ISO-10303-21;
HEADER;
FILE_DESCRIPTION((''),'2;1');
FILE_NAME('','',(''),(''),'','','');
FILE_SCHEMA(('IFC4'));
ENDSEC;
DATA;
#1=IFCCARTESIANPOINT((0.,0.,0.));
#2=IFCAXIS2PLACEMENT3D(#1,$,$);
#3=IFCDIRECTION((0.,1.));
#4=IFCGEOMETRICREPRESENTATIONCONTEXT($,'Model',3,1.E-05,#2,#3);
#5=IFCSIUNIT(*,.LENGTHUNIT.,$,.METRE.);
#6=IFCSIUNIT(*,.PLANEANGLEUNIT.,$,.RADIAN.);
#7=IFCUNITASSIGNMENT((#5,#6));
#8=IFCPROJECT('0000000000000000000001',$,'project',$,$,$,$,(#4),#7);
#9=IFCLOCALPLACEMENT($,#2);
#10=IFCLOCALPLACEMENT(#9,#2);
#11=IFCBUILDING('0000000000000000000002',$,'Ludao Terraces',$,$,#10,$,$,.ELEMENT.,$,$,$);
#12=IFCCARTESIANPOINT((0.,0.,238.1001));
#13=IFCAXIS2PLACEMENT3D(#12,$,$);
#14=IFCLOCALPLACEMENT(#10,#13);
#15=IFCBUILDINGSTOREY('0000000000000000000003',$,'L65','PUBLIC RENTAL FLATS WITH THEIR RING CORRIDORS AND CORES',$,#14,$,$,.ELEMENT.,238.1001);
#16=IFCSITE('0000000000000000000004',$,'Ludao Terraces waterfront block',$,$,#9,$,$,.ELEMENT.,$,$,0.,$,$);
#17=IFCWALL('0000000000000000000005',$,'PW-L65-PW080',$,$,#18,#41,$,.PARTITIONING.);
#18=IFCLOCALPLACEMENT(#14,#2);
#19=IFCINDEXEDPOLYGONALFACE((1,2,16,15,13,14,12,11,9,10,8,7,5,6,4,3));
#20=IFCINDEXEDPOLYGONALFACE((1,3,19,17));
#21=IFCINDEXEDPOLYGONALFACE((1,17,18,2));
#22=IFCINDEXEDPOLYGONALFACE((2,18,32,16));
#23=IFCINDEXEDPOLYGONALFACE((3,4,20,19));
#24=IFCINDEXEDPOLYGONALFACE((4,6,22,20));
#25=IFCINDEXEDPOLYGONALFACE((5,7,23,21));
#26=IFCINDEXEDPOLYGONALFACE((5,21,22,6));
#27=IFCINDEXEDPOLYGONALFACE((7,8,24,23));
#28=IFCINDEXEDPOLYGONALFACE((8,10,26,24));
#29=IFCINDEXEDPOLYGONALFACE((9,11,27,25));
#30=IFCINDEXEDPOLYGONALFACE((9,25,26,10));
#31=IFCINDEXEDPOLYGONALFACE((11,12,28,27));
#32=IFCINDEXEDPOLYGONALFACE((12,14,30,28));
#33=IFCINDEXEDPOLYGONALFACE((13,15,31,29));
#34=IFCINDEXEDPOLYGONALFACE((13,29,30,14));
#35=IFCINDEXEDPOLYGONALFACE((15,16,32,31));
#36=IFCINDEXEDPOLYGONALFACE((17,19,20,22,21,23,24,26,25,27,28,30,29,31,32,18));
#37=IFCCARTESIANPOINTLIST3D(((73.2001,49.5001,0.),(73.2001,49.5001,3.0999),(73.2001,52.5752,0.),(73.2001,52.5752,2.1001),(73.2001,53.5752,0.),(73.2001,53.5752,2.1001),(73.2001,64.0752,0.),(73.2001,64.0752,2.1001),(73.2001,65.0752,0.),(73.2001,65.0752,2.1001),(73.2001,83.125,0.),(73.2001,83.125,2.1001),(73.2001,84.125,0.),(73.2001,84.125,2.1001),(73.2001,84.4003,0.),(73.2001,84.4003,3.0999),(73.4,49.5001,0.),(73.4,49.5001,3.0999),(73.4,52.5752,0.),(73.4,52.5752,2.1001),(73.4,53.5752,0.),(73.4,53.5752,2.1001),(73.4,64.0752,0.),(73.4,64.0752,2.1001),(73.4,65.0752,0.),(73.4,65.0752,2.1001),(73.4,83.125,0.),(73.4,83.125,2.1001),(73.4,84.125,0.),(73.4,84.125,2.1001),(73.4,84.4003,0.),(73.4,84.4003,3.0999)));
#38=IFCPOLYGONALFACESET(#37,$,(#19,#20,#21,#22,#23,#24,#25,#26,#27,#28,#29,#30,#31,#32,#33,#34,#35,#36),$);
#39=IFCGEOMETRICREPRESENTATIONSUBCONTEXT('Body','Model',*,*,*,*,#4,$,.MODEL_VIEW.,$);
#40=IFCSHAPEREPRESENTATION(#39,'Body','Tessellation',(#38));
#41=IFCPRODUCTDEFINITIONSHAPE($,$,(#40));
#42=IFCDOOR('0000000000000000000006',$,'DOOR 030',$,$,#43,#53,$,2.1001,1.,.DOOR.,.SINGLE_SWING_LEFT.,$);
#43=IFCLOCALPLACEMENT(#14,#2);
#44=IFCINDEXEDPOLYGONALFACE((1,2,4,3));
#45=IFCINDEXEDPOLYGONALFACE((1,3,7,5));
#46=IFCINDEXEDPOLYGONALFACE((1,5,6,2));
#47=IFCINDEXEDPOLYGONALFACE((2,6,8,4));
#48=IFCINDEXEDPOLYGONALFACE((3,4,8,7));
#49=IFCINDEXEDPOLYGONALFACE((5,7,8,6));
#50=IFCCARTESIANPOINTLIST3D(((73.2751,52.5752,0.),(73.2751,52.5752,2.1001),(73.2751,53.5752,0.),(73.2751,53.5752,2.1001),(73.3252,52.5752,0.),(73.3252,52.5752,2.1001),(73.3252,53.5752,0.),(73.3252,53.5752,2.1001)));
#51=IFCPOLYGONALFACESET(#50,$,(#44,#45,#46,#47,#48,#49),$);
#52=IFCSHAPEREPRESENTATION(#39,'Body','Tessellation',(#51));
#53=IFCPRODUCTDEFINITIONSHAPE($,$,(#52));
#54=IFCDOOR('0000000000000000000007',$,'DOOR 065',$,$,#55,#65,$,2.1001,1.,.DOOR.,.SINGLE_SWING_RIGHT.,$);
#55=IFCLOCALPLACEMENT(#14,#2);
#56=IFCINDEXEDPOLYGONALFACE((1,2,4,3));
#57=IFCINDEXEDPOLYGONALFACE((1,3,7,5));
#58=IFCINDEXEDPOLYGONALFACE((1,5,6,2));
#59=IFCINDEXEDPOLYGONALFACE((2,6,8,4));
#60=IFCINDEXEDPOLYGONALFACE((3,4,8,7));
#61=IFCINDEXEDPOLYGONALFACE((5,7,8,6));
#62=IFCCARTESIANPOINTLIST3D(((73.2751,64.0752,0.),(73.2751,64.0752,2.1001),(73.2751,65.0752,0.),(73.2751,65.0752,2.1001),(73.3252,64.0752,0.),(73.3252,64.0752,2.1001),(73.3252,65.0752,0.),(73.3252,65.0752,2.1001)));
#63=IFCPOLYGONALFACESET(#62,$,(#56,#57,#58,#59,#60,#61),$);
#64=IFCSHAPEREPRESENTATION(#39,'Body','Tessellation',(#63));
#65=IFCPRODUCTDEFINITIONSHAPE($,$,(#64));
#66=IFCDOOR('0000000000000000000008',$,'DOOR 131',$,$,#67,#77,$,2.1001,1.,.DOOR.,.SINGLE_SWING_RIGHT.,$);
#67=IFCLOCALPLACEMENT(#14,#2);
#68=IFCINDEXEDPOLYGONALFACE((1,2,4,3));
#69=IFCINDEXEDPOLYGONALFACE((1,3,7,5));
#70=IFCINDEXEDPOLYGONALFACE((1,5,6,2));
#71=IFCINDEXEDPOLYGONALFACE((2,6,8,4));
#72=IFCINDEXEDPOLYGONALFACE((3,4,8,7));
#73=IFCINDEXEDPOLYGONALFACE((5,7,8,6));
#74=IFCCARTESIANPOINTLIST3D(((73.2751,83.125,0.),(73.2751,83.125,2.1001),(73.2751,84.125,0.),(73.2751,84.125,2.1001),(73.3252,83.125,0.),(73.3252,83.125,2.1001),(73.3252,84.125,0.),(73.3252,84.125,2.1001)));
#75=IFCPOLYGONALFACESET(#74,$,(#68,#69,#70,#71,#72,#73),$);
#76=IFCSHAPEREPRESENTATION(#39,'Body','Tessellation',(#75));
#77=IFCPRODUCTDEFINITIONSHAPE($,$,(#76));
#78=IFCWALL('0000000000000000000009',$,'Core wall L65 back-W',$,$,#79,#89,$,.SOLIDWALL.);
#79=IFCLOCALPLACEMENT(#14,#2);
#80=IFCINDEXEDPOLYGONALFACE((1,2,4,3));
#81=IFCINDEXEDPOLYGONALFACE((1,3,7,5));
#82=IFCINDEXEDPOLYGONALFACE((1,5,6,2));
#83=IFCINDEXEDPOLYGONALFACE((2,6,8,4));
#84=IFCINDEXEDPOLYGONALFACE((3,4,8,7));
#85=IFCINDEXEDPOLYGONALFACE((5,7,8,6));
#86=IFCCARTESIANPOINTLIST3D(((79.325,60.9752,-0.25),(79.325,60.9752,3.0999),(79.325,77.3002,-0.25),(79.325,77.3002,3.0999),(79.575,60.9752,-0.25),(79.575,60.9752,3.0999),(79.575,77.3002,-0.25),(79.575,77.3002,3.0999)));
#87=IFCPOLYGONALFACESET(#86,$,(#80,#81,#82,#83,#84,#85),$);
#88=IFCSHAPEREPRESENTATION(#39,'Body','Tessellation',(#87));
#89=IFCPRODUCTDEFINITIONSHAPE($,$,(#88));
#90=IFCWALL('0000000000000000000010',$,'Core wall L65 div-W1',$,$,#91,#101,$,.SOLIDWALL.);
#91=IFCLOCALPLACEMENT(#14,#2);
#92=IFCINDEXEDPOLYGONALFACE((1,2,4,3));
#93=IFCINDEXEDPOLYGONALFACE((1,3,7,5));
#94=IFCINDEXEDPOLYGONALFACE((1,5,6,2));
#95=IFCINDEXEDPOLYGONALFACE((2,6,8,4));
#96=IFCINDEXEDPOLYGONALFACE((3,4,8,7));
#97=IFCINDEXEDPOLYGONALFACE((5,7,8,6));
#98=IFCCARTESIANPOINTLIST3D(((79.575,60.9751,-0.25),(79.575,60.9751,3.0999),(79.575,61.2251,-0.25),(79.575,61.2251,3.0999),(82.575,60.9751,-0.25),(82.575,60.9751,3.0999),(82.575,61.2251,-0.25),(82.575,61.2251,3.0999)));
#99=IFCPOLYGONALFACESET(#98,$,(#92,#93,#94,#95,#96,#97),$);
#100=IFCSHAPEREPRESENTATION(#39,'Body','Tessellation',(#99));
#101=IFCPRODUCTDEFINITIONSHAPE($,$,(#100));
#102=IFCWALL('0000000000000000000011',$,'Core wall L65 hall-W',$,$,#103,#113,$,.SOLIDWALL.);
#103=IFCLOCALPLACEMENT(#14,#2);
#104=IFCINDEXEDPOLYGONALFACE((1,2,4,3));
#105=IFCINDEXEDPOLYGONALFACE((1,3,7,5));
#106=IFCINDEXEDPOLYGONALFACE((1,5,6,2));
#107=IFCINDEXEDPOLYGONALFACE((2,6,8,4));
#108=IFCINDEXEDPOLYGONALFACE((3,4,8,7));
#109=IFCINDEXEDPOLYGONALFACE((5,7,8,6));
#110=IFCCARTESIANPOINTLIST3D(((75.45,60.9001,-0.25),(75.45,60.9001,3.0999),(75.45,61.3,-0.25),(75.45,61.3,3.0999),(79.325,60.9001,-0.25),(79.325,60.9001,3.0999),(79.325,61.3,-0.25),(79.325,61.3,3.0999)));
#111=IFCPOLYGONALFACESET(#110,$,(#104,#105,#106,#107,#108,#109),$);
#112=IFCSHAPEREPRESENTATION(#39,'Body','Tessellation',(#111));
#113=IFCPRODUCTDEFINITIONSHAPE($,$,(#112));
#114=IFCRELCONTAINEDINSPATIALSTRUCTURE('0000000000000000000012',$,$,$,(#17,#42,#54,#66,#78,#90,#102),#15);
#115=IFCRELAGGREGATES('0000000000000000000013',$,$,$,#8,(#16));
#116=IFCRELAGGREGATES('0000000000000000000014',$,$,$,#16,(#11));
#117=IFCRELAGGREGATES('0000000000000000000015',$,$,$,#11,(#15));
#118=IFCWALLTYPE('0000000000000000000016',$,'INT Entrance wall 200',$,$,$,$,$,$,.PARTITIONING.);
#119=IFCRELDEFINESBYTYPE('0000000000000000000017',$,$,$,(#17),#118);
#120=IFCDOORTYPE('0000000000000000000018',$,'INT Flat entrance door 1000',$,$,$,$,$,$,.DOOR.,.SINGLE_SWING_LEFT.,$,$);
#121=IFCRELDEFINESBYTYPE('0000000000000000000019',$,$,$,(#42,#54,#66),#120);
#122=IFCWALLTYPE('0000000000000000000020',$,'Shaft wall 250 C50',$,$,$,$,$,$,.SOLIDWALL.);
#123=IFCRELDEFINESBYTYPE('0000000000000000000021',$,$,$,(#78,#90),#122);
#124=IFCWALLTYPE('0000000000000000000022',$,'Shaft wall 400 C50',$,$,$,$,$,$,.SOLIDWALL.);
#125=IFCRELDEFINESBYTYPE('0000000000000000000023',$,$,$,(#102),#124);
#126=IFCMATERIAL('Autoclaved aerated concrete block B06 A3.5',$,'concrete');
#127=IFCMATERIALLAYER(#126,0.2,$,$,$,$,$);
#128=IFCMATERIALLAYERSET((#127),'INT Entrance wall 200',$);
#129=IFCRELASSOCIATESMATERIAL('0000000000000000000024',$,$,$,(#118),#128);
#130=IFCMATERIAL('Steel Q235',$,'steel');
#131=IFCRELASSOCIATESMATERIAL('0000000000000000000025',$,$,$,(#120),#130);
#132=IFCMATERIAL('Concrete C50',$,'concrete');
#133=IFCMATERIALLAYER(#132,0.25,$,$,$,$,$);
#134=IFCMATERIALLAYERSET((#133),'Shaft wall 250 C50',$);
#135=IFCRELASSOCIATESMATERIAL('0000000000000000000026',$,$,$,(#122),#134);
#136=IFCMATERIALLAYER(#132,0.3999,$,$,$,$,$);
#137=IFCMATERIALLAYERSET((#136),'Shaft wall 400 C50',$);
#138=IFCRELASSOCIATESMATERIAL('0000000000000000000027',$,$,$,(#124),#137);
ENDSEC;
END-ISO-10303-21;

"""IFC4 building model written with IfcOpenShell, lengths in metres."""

from ifc_helpers import new_model, si_unit, direction, frame, frame_2d, origin, place, context, subcontext, project, spatial, rectangle, extrude, material, layer, layer_set, type_object, element, fill, save


model = new_model("IFC4")

# Units and contexts
model_context = context("Model", 3, precision=1e-05, world=origin(), true_north=direction((0.0, 1.0)))
body_context = subcontext(model_context, "Body", "Model", "MODEL_VIEW")
ifc_project = project(units=[si_unit("LENGTHUNIT", "METRE"), si_unit("PLANEANGLEUNIT", "RADIAN")], contexts=[model_context])

# Site, building, storey
site_placement = place(None, origin())
site = spatial("IfcSite", under=ifc_project, at=site_placement, Name="Ludao Terraces waterfront block", CompositionType="ELEMENT", RefElevation=0.0)
building_placement = place(site_placement, origin())
building = spatial("IfcBuilding", under=site, at=building_placement, Name="Ludao Terraces", CompositionType="ELEMENT")
storey_placement = place(building_placement, frame((0.0, 0.0, 238.1001)))
storey = spatial("IfcBuildingStorey", under=building, at=storey_placement, Name="L65", Description="PUBLIC RENTAL FLATS WITH THEIR RING CORRIDORS AND CORES", CompositionType="ELEMENT", Elevation=238.1001)

# Shared definitions
ifc_material_1 = material(Name="Concrete C50", Category="concrete")

# Shared definitions
ifc_material_2 = material(Name="Steel Q235", Category="steel")

# Wall, openings, doors
ifc_material_3 = material(Name="Autoclaved aerated concrete block B06 A3.5", Category="concrete")
ifc_layer_1 = layer(ifc_material_3, 0.2)
ifc_layer_set_1 = layer_set([ifc_layer_1], Name="INT Entrance wall 200")
wall_type_1 = type_object("IfcWallType", Name="INT Entrance wall 200", PredefinedType="PARTITIONING", material=ifc_layer_set_1)
wall_1_placement = place(storey_placement, frame((73.3, 49.5, 0.0), z_axis=(0.0, 0.0, 1.0), x_axis=(0.0, 1.0, 0.0)))
wall_1 = element("IfcWall", 1, at=wall_1_placement, inside=storey, type_object=wall_type_1, Name="PW-L65-PW080", PredefinedType="PARTITIONING", context=body_context, shape_type="SweptSolid", body=[
    extrude(rectangle(XDim=34.9001, YDim=0.2, at=frame_2d((17.4502, 0.0))), origin(), (0.0, 0.0, 1.0), 3.0999),
])
opening_1_placement = place(wall_1_placement, frame((3.0752, 0.0, 0.0)))
opening_1 = element("IfcOpeningElement", 2, at=opening_1_placement, cuts=wall_1, PredefinedType="OPENING", context=body_context, shape_type="SweptSolid", body=[
    extrude(rectangle(XDim=1.0, YDim=2.1001, at=frame_2d((0.5, 1.05))), frame((0.0, 0.1099, 0.0), z_axis=(0.0, -1.0, 0.0), x_axis=(1.0, 0.0, 0.0)), (0.0, 0.0, 1.0), 0.22),
])
opening_2_placement = place(wall_1_placement, frame((14.5752, 0.0, 0.0)))
opening_2 = element("IfcOpeningElement", 3, at=opening_2_placement, cuts=wall_1, PredefinedType="OPENING", context=body_context, shape_type="SweptSolid", body=[
    extrude(rectangle(XDim=1.0, YDim=2.1001, at=frame_2d((0.5, 1.05))), frame((0.0, 0.1099, 0.0), z_axis=(0.0, -1.0, 0.0), x_axis=(1.0, 0.0, 0.0)), (0.0, 0.0, 1.0), 0.22),
])
opening_3_placement = place(wall_1_placement, frame((33.625, 0.0, 0.0)))
opening_3 = element("IfcOpeningElement", 4, at=opening_3_placement, cuts=wall_1, PredefinedType="OPENING", context=body_context, shape_type="SweptSolid", body=[
    extrude(rectangle(XDim=1.0, YDim=2.1001, at=frame_2d((0.5, 1.05))), frame((0.0, 0.1099, 0.0), z_axis=(0.0, -1.0, 0.0), x_axis=(1.0, 0.0, 0.0)), (0.0, 0.0, 1.0), 0.22),
])
door_type_1 = type_object("IfcDoorType", Name="INT Flat entrance door 1000", OperationType="SINGLE_SWING_LEFT", PredefinedType="DOOR", material=ifc_material_2)
door_1_placement = place(opening_1_placement, origin())
door_1 = element("IfcDoor", 5, at=door_1_placement, inside=storey, type_object=door_type_1, Name="DOOR 030", OperationType="SINGLE_SWING_LEFT", OverallHeight=2.1001, OverallWidth=1.0, PredefinedType="DOOR", context=body_context, shape_type="SweptSolid", body=[
    extrude(rectangle(XDim=1.0, YDim=2.1001, at=frame_2d((0.5, 1.05))), frame((0.0, 0.0249, 0.0), z_axis=(0.0, -1.0, 0.0), x_axis=(1.0, 0.0, 0.0)), (0.0, 0.0, 1.0), 0.05),
])
fill(opening_1, door_1)
door_2_placement = place(opening_2_placement, origin())
door_2 = element("IfcDoor", 6, at=door_2_placement, inside=storey, type_object=door_type_1, Name="DOOR 065", OperationType="SINGLE_SWING_RIGHT", OverallHeight=2.1001, OverallWidth=1.0, PredefinedType="DOOR", context=body_context, shape_type="SweptSolid", body=[
    extrude(rectangle(XDim=1.0, YDim=2.1001, at=frame_2d((0.5, 1.05))), frame((0.0, 0.0249, 0.0), z_axis=(0.0, -1.0, 0.0), x_axis=(1.0, 0.0, 0.0)), (0.0, 0.0, 1.0), 0.05),
])
fill(opening_2, door_2)
door_3_placement = place(opening_3_placement, origin())
door_3 = element("IfcDoor", 7, at=door_3_placement, inside=storey, type_object=door_type_1, Name="DOOR 131", OperationType="SINGLE_SWING_RIGHT", OverallHeight=2.1001, OverallWidth=1.0, PredefinedType="DOOR", context=body_context, shape_type="SweptSolid", body=[
    extrude(rectangle(XDim=1.0, YDim=2.1001, at=frame_2d((0.5, 1.05))), frame((0.0, 0.0249, 0.0), z_axis=(0.0, -1.0, 0.0), x_axis=(1.0, 0.0, 0.0)), (0.0, 0.0, 1.0), 0.05),
])
fill(opening_3, door_3)

# Walls
ifc_layer_2 = layer(ifc_material_1, 0.25)
ifc_layer_set_2 = layer_set([ifc_layer_2], Name="Shaft wall 250 C50")
wall_type_2 = type_object("IfcWallType", Name="Shaft wall 250 C50", PredefinedType="SOLIDWALL", material=ifc_layer_set_2)
wall_2_placement = place(storey_placement, frame((79.45, 60.9751, -0.25), z_axis=(0.0, 0.0, 1.0), x_axis=(0.0, 1.0, 0.0)))
element("IfcWall", 8, at=wall_2_placement, inside=storey, type_object=wall_type_2, Name="Core wall L65 back-W", PredefinedType="SOLIDWALL", context=body_context, shape_type="SweptSolid", body=[
    extrude(rectangle(XDim=16.325, YDim=0.25, at=frame_2d((8.1626, 0.0))), origin(), (0.0, 0.0, 1.0), 3.3499),
])
wall_3_placement = place(storey_placement, frame((79.575, 61.1001, -0.25), z_axis=(0.0, 0.0, 1.0), x_axis=(1.0, 0.0, 0.0)))
element("IfcWall", 9, at=wall_3_placement, inside=storey, type_object=wall_type_2, Name="Core wall L65 div-W1", PredefinedType="SOLIDWALL", context=body_context, shape_type="SweptSolid", body=[
    extrude(rectangle(XDim=3.0, YDim=0.25, at=frame_2d((1.5, 0.0))), origin(), (0.0, 0.0, 1.0), 3.3499),
])
ifc_layer_3 = layer(ifc_material_1, 0.3999)
ifc_layer_set_3 = layer_set([ifc_layer_3], Name="Shaft wall 400 C50")
wall_type_3 = type_object("IfcWallType", Name="Shaft wall 400 C50", PredefinedType="SOLIDWALL", material=ifc_layer_set_3)
wall_4_placement = place(storey_placement, frame((75.45, 61.1001, -0.25), z_axis=(0.0, 0.0, 1.0), x_axis=(1.0, 0.0, 0.0)))
element("IfcWall", 10, at=wall_4_placement, inside=storey, type_object=wall_type_3, Name="Core wall L65 hall-W", PredefinedType="SOLIDWALL", context=body_context, shape_type="SweptSolid", body=[
    extrude(rectangle(XDim=3.875, YDim=0.3999, at=frame_2d((1.9375, 0.0))), origin(), (0.0, 0.0, 1.0), 3.3499),
])

save(model, "model.ifc")
